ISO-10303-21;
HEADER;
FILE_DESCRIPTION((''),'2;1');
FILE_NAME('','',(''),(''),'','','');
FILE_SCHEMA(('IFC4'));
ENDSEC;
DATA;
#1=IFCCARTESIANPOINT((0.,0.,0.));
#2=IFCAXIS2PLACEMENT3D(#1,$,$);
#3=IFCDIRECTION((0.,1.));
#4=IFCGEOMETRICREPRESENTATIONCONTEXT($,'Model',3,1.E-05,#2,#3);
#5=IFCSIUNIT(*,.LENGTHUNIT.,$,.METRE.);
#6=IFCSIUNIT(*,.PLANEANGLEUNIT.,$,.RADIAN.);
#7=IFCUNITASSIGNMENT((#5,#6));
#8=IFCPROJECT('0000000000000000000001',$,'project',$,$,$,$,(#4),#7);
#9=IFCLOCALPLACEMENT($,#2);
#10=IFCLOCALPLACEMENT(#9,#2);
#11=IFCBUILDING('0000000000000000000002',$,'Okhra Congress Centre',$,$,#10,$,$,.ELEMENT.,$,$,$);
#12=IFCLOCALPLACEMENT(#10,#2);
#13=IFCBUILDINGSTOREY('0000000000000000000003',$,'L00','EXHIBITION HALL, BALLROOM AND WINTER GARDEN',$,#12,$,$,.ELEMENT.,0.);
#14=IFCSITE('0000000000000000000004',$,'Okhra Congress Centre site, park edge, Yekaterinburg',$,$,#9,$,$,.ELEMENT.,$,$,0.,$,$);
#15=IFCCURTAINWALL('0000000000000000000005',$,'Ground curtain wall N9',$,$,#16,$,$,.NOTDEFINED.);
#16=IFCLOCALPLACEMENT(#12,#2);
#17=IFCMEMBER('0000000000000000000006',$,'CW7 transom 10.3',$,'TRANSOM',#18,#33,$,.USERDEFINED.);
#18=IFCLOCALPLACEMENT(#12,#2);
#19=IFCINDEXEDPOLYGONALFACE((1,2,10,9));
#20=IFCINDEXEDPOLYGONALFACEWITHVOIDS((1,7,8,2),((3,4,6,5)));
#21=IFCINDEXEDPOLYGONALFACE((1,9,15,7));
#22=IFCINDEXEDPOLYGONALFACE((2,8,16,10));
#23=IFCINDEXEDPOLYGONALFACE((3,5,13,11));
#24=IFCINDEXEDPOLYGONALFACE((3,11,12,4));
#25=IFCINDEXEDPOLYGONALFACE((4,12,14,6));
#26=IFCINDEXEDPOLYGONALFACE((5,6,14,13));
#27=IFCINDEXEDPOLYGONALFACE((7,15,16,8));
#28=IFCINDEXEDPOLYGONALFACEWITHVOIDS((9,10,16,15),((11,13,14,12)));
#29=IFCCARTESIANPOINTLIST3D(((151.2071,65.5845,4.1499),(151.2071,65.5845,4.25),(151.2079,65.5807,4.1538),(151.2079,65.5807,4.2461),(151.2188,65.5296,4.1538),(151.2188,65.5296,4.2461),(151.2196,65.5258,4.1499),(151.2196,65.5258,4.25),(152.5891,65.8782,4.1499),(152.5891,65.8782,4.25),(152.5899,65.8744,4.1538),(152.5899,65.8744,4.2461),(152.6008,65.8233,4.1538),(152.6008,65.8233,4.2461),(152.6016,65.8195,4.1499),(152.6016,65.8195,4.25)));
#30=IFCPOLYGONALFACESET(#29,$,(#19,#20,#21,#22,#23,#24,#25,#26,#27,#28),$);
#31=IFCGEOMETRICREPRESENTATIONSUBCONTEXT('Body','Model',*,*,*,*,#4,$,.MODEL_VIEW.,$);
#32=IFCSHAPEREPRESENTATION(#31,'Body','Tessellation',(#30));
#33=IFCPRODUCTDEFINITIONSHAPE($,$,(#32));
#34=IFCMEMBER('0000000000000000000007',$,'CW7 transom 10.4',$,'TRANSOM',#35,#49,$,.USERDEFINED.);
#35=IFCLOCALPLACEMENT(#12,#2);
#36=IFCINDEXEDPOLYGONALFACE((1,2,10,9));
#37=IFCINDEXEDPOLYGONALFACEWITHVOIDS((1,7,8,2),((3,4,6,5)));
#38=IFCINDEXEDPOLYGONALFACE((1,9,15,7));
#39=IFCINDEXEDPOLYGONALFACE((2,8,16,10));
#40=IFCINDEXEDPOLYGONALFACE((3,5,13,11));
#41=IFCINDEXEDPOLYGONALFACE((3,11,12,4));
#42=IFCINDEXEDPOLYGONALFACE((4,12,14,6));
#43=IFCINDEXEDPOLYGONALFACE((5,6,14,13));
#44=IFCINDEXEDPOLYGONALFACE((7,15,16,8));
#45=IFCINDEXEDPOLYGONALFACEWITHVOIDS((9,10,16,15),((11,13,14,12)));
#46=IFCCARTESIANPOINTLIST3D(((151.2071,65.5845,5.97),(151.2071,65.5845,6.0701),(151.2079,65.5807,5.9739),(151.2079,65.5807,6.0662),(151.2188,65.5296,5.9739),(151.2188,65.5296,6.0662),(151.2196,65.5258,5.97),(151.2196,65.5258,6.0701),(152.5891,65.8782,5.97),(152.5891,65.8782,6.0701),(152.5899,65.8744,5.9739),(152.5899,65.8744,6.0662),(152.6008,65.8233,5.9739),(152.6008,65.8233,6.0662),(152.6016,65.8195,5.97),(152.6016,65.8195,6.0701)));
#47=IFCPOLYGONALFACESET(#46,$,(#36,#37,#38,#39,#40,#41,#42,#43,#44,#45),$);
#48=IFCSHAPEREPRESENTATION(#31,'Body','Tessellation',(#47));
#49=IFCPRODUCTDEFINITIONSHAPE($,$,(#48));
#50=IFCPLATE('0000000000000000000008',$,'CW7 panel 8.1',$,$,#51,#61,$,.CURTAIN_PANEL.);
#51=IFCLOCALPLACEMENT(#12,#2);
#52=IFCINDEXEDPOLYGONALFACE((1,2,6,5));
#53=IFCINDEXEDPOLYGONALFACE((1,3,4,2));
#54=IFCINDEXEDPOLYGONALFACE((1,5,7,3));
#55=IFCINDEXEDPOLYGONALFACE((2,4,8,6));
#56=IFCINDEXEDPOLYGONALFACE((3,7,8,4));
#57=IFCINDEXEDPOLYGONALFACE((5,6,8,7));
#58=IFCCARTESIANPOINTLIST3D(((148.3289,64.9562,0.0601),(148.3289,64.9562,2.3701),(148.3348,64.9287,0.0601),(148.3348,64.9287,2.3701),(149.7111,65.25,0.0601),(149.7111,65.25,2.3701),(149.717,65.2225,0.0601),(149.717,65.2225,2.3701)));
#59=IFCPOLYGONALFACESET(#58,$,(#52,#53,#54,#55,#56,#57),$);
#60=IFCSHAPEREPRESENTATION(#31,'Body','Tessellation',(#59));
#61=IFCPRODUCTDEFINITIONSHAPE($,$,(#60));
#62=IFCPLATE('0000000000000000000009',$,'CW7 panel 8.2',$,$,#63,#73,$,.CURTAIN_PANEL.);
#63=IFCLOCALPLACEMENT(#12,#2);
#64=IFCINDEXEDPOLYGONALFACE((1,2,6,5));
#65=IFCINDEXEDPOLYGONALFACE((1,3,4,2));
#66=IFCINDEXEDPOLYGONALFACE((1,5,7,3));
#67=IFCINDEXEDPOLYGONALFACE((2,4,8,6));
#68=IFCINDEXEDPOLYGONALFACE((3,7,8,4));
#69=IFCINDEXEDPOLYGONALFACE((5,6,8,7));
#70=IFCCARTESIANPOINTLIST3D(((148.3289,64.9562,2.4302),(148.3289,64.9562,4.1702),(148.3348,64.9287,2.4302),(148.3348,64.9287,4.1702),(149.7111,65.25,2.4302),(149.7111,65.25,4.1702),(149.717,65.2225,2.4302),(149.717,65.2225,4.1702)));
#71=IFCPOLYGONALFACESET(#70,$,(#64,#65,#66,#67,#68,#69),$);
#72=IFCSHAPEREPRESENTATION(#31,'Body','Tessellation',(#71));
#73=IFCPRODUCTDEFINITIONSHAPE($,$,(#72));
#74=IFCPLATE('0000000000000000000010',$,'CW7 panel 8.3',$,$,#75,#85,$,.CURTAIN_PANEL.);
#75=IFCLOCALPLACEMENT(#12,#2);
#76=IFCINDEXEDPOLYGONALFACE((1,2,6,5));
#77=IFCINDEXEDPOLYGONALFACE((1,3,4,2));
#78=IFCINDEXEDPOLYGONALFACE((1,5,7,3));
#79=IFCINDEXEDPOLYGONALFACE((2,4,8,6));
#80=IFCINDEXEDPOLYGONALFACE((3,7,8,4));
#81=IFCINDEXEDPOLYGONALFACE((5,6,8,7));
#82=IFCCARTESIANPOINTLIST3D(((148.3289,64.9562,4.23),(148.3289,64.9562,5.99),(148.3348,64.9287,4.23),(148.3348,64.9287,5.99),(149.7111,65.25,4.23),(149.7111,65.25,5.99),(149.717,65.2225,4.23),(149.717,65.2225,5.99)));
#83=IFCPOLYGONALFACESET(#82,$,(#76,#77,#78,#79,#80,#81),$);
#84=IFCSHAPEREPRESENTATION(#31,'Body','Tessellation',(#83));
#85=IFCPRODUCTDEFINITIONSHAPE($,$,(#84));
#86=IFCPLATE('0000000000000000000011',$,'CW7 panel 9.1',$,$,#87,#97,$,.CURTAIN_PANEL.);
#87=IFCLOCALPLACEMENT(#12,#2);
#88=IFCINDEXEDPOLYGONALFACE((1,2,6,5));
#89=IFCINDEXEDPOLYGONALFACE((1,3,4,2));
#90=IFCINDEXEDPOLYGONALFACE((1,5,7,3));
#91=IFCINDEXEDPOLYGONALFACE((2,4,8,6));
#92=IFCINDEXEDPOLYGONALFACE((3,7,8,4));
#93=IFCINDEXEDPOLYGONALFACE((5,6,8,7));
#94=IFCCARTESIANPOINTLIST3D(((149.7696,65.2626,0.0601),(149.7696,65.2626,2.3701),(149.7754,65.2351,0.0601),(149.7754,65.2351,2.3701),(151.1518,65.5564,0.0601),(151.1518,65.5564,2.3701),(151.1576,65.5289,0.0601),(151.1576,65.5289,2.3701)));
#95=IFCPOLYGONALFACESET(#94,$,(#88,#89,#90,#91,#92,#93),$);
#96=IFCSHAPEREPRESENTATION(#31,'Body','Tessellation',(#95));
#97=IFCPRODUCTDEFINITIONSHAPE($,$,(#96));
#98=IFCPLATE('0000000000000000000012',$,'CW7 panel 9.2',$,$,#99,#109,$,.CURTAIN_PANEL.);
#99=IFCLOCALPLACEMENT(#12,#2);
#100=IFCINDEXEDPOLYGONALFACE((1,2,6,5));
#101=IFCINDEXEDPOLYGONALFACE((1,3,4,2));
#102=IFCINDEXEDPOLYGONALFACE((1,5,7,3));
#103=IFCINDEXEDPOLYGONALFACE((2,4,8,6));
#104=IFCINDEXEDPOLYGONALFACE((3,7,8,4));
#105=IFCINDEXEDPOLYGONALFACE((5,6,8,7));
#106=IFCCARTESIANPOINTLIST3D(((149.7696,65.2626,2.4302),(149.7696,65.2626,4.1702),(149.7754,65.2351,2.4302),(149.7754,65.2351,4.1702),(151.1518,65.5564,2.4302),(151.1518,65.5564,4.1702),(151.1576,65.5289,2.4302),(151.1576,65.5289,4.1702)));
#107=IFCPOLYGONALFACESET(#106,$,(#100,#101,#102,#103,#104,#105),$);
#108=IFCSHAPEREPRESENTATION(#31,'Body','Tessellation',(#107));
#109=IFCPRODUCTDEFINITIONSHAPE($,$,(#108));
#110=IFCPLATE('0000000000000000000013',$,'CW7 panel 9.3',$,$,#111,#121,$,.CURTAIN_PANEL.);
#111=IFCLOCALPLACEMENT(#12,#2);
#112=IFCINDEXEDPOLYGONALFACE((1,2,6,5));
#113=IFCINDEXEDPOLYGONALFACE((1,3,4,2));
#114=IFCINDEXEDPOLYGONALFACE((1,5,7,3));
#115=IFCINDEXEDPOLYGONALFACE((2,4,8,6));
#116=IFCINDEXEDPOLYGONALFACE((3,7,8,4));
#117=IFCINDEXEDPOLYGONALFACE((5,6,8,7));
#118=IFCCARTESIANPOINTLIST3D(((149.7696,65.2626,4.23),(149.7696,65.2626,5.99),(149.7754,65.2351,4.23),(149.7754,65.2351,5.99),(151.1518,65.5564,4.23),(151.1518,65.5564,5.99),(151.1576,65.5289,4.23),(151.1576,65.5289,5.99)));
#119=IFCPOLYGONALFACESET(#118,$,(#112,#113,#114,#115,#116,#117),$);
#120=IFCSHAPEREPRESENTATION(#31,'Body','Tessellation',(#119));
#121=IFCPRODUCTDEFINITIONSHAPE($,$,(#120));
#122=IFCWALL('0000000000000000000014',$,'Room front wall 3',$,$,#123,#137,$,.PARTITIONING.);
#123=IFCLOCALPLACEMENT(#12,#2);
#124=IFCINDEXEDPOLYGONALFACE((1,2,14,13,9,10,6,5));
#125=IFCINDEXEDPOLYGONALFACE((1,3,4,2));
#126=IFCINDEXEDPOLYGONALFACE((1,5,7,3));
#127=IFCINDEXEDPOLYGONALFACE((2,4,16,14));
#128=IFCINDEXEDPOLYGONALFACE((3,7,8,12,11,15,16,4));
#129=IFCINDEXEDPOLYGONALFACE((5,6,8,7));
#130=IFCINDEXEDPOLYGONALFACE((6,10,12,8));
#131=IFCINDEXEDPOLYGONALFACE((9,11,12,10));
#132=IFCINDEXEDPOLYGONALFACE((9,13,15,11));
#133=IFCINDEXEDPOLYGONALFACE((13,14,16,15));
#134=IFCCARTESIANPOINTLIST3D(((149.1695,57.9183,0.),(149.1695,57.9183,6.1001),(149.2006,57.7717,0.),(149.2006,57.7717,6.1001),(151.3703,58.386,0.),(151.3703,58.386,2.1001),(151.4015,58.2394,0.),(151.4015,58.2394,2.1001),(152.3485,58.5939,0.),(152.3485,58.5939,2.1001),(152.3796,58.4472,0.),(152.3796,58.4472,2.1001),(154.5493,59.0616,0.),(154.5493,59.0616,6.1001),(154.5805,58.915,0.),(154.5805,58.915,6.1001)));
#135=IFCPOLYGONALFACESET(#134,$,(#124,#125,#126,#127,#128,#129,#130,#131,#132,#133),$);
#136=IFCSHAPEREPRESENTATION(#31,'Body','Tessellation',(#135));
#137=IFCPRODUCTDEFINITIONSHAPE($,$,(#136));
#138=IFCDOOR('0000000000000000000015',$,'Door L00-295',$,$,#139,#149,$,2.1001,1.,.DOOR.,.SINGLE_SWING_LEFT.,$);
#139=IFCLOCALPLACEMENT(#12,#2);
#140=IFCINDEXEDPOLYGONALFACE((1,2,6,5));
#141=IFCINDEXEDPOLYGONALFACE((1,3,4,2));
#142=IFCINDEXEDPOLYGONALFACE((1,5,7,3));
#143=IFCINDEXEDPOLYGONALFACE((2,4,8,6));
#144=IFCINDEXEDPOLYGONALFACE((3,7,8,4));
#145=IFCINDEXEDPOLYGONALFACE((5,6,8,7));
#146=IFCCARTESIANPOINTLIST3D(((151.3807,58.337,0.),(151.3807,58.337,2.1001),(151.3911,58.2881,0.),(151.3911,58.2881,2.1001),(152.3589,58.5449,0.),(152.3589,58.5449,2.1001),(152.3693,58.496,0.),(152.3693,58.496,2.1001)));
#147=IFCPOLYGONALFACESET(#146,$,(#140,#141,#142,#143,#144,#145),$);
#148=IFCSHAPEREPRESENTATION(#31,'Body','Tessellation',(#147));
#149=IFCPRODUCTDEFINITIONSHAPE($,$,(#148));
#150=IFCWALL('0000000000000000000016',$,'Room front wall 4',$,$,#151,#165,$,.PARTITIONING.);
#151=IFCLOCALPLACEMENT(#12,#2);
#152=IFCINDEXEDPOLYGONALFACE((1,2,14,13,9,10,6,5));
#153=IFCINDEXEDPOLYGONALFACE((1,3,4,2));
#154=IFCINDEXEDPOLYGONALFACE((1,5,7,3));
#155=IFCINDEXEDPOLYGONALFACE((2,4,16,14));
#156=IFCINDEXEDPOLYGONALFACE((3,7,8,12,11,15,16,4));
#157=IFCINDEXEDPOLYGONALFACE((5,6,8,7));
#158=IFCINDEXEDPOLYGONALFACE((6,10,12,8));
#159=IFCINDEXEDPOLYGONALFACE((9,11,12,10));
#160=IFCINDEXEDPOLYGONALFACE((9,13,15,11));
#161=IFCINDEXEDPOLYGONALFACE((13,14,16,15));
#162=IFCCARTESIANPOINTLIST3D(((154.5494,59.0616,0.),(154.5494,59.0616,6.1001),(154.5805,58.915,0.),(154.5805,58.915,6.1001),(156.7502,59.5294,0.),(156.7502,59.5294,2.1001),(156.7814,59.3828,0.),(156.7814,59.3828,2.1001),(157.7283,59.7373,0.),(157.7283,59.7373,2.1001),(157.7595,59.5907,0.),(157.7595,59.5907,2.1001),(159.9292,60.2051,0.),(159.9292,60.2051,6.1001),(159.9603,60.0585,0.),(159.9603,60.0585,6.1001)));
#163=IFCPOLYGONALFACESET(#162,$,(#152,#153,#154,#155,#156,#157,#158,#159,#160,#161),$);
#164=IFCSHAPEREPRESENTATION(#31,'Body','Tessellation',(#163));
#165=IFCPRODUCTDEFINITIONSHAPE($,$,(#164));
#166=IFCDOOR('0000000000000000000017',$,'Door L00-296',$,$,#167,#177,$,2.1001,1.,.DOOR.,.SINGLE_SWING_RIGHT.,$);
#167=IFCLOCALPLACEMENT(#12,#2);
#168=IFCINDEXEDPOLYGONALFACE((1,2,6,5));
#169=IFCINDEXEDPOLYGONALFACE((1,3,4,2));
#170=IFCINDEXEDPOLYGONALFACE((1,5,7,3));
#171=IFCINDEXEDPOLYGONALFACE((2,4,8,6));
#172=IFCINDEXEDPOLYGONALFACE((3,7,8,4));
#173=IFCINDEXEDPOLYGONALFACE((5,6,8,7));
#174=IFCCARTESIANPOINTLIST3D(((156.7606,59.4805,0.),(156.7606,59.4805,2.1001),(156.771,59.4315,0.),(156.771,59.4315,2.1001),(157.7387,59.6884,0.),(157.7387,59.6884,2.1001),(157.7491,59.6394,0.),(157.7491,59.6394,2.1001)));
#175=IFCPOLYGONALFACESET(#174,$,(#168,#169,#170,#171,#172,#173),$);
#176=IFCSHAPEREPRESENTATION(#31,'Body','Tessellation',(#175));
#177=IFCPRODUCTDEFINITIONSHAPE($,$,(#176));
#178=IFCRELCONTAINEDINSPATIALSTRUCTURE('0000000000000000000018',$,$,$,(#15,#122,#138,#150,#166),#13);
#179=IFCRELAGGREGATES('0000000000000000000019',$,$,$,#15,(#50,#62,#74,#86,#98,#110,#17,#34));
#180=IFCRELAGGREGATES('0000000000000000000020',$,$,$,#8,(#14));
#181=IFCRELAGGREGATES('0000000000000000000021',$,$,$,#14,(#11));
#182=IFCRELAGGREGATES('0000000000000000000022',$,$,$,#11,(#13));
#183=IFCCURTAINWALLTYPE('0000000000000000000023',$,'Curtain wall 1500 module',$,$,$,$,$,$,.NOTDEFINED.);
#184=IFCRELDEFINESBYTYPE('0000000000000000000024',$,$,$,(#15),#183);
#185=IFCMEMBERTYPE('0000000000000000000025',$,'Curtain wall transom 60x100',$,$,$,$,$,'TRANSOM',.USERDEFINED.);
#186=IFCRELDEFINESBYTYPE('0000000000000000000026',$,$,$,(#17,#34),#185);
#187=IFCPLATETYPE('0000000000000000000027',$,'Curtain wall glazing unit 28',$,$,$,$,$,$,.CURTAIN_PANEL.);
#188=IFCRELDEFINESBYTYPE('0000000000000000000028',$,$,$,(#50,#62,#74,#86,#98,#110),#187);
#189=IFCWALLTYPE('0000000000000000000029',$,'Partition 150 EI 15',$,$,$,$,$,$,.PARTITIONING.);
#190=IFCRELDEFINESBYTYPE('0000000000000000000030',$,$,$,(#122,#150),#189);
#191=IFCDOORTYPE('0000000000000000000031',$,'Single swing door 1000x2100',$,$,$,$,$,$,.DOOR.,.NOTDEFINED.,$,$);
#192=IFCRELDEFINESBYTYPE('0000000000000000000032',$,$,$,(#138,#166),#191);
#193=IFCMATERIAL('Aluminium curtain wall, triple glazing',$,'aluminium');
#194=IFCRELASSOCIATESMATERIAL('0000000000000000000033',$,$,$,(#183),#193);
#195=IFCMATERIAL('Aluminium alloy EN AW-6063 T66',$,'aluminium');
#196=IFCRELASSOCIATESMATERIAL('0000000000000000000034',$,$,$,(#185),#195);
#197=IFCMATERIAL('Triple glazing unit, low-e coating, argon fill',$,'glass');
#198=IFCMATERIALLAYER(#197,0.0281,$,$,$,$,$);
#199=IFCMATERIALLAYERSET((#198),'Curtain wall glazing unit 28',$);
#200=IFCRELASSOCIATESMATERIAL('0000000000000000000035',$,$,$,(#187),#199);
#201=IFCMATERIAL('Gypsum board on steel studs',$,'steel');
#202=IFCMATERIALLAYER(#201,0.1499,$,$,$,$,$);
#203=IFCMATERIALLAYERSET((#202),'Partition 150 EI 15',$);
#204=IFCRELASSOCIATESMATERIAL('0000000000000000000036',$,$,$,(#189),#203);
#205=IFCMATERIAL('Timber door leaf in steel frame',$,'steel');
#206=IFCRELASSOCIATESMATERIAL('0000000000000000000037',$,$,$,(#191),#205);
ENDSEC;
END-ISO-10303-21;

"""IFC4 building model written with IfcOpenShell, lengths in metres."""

from ifc_helpers import new_model, si_unit, direction, frame, frame_2d, origin, origin_2d, place, context, subcontext, project, spatial, rectangle, hollow_rectangle, extrude, material, layer, layer_set, material_profile, profile_set, type_object, element, fill, aggregate, save


model = new_model("IFC4")

# Units and contexts
model_context = context("Model", 3, precision=1e-05, world=origin(), true_north=direction((0.0, 1.0)))
body_context = subcontext(model_context, "Body", "Model", "MODEL_VIEW")
ifc_project = project(units=[si_unit("LENGTHUNIT", "METRE"), si_unit("PLANEANGLEUNIT", "RADIAN")], contexts=[model_context])

# Site, building, storey
site_placement = place(None, origin())
site = spatial("IfcSite", under=ifc_project, at=site_placement, Name="Okhra Congress Centre site, park edge, Yekaterinburg", CompositionType="ELEMENT", RefElevation=0.0)
building_placement = place(site_placement, origin())
building = spatial("IfcBuilding", under=site, at=building_placement, Name="Okhra Congress Centre", CompositionType="ELEMENT")
storey_placement = place(building_placement, origin())
storey = spatial("IfcBuildingStorey", under=building, at=storey_placement, Name="L00", Description="EXHIBITION HALL, BALLROOM AND WINTER GARDEN", CompositionType="ELEMENT", Elevation=0.0)

# Curtain wall, members, plates
ifc_material_1 = material(Name="Aluminium curtain wall, triple glazing", Category="aluminium")
curtain_wall_type = type_object("IfcCurtainWallType", Name="Curtain wall 1500 module", PredefinedType="NOTDEFINED", material=ifc_material_1)
curtain_wall_placement = place(storey_placement, origin())
curtain_wall = element("IfcCurtainWall", 1, at=curtain_wall_placement, inside=storey, type_object=curtain_wall_type, Name="Ground curtain wall N9", PredefinedType="NOTDEFINED")
ifc_material_2 = material(Name="Aluminium alloy EN AW-6063 T66", Category="aluminium")
ifc_material_profile_1 = material_profile(ifc_material_2, hollow_rectangle(XDim=0.0601, YDim=0.1001, WallThickness=0.0039, at=origin_2d()), Name="RHS 60x100x4")
ifc_profile_set_1 = profile_set([ifc_material_profile_1], Name="Aluminium alloy EN AW-6063 T66")
member_type_1 = type_object("IfcMemberType", Name="Curtain wall transom 60x100", ElementType="TRANSOM", PredefinedType="USERDEFINED", material=ifc_profile_set_1)
member_1_placement = place(storey_placement, frame((151.2134, 65.5552, 4.2), z_axis=(0.978158, 0.207865, 0.0), x_axis=(-0.207865, 0.978158, 0.0)))
member_1 = element("IfcMember", 2, at=member_1_placement, type_object=member_type_1, Name="CW7 transom 10.3", ObjectType="TRANSOM", PredefinedType="USERDEFINED", context=body_context, shape_type="SweptSolid", body=[
    extrude(hollow_rectangle(XDim=0.0601, YDim=0.1001, WallThickness=0.0039, at=origin_2d()), origin(), (0.0, 0.0, 1.0), 1.4128),
])
member_2_placement = place(storey_placement, frame((151.2134, 65.5552, 6.02), z_axis=(0.978158, 0.207865, 0.0), x_axis=(-0.207865, 0.978158, 0.0)))
member_2 = element("IfcMember", 3, at=member_2_placement, type_object=member_type_1, Name="CW7 transom 10.4", ObjectType="TRANSOM", PredefinedType="USERDEFINED", context=body_context, shape_type="SweptSolid", body=[
    extrude(hollow_rectangle(XDim=0.0601, YDim=0.1001, WallThickness=0.0039, at=origin_2d()), origin(), (0.0, 0.0, 1.0), 1.4128),
])
ifc_material_3 = material(Name="Triple glazing unit, low-e coating, argon fill", Category="glass")
ifc_layer_1 = layer(ifc_material_3, 0.0281)
ifc_layer_set_1 = layer_set([ifc_layer_1], Name="Curtain wall glazing unit 28")
plate_type = type_object("IfcPlateType", Name="Curtain wall glazing unit 28", PredefinedType="CURTAIN_PANEL", material=ifc_layer_set_1)
plate_1_placement = place(storey_placement, frame((149.0229, 65.0894, 0.0601), z_axis=(0.0, 0.0, 1.0), x_axis=(0.978148, 0.207912, 0.0)))
plate_1 = element("IfcPlate", 4, at=plate_1_placement, type_object=plate_type, Name="CW7 panel 8.1", PredefinedType="CURTAIN_PANEL", context=body_context, shape_type="SweptSolid", body=[
    extrude(rectangle(XDim=1.4131, YDim=0.0281, at=origin_2d()), origin(), (0.0, 0.0, 1.0), 2.3101),
])
plate_2_placement = place(storey_placement, frame((149.0229, 65.0894, 2.4302), z_axis=(0.0, 0.0, 1.0), x_axis=(0.978148, 0.207912, 0.0)))
plate_2 = element("IfcPlate", 5, at=plate_2_placement, type_object=plate_type, Name="CW7 panel 8.2", PredefinedType="CURTAIN_PANEL", context=body_context, shape_type="SweptSolid", body=[
    extrude(rectangle(XDim=1.4131, YDim=0.0281, at=origin_2d()), origin(), (0.0, 0.0, 1.0), 1.74),
])
plate_3_placement = place(storey_placement, frame((149.0229, 65.0894, 4.23), z_axis=(0.0, 0.0, 1.0), x_axis=(0.978148, 0.207912, 0.0)))
plate_3 = element("IfcPlate", 6, at=plate_3_placement, type_object=plate_type, Name="CW7 panel 8.3", PredefinedType="CURTAIN_PANEL", context=body_context, shape_type="SweptSolid", body=[
    extrude(rectangle(XDim=1.4131, YDim=0.0281, at=origin_2d()), origin(), (0.0, 0.0, 1.0), 1.76),
])
plate_4_placement = place(storey_placement, frame((150.4636, 65.3958, 0.0601), z_axis=(0.0, 0.0, 1.0), x_axis=(0.978148, 0.207912, 0.0)))
plate_4 = element("IfcPlate", 7, at=plate_4_placement, type_object=plate_type, Name="CW7 panel 9.1", PredefinedType="CURTAIN_PANEL", context=body_context, shape_type="SweptSolid", body=[
    extrude(rectangle(XDim=1.4131, YDim=0.0281, at=origin_2d()), origin(), (0.0, 0.0, 1.0), 2.3101),
])
plate_5_placement = place(storey_placement, frame((150.4636, 65.3958, 2.4302), z_axis=(0.0, 0.0, 1.0), x_axis=(0.978148, 0.207912, 0.0)))
plate_5 = element("IfcPlate", 8, at=plate_5_placement, type_object=plate_type, Name="CW7 panel 9.2", PredefinedType="CURTAIN_PANEL", context=body_context, shape_type="SweptSolid", body=[
    extrude(rectangle(XDim=1.4131, YDim=0.0281, at=origin_2d()), origin(), (0.0, 0.0, 1.0), 1.74),
])
plate_6_placement = place(storey_placement, frame((150.4636, 65.3958, 4.23), z_axis=(0.0, 0.0, 1.0), x_axis=(0.978148, 0.207912, 0.0)))
plate_6 = element("IfcPlate", 9, at=plate_6_placement, type_object=plate_type, Name="CW7 panel 9.3", PredefinedType="CURTAIN_PANEL", context=body_context, shape_type="SweptSolid", body=[
    extrude(rectangle(XDim=1.4131, YDim=0.0281, at=origin_2d()), origin(), (0.0, 0.0, 1.0), 1.76),
])
aggregate(curtain_wall, [plate_1, plate_2, plate_3, plate_4, plate_5, plate_6, member_1, member_2])

# Walls, openings, doors
ifc_material_4 = material(Name="Gypsum board on steel studs", Category="steel")
ifc_layer_2 = layer(ifc_material_4, 0.1499)
ifc_layer_set_2 = layer_set([ifc_layer_2], Name="Partition 150 EI 15")
wall_type = type_object("IfcWallType", Name="Partition 150 EI 15", PredefinedType="PARTITIONING", material=ifc_layer_set_2)
wall_1_placement = place(storey_placement, frame((149.1851, 57.845, 0.0), z_axis=(0.0, 0.0, 1.0), x_axis=(0.978156, 0.207874, 0.0)))
wall_1 = element("IfcWall", 10, at=wall_1_placement, inside=storey, type_object=wall_type, Name="Room front wall 3", PredefinedType="PARTITIONING", context=body_context, shape_type="SweptSolid", body=[
    extrude(rectangle(XDim=5.5, YDim=0.1499, at=frame_2d((2.75, 0.0))), origin(), (0.0, 0.0, 1.0), 6.1001),
])
opening_1_placement = place(wall_1_placement, frame((2.25, 0.0, 0.0)))
opening_1 = element("IfcOpeningElement", 11, at=opening_1_placement, cuts=wall_1, PredefinedType="OPENING", context=body_context, shape_type="SweptSolid", body=[
    extrude(rectangle(XDim=1.0, YDim=2.1001, at=frame_2d((0.5, 1.05))), frame((0.0, 0.085, 0.0), z_axis=(0.0, -1.0, 0.0), x_axis=(1.0, 0.0, 0.0)), (0.0, 0.0, 1.0), 0.1699),
])
ifc_material_5 = material(Name="Timber door leaf in steel frame", Category="steel")
door_type_1 = type_object("IfcDoorType", Name="Single swing door 1000x2100", OperationType="NOTDEFINED", PredefinedType="DOOR", material=ifc_material_5)
door_1_placement = place(opening_1_placement, origin())
door_1 = element("IfcDoor", 12, at=door_1_placement, inside=storey, type_object=door_type_1, Name="Door L00-295", OperationType="SINGLE_SWING_LEFT", OverallHeight=2.1001, OverallWidth=1.0, PredefinedType="DOOR", context=body_context, shape_type="SweptSolid", body=[
    extrude(rectangle(XDim=1.0, YDim=2.1001, at=frame_2d((0.5, 1.05))), frame((0.0, 0.0249, 0.0), z_axis=(0.0, -1.0, 0.0), x_axis=(1.0, 0.0, 0.0)), (0.0, 0.0, 1.0), 0.05),
])
fill(opening_1, door_1)
wall_2_placement = place(storey_placement, frame((154.5649, 58.9883, 0.0), z_axis=(0.0, 0.0, 1.0), x_axis=(0.978147, 0.207916, 0.0)))
wall_2 = element("IfcWall", 13, at=wall_2_placement, inside=storey, type_object=wall_type, Name="Room front wall 4", PredefinedType="PARTITIONING", context=body_context, shape_type="SweptSolid", body=[
    extrude(rectangle(XDim=5.5, YDim=0.1499, at=frame_2d((2.75, 0.0))), origin(), (0.0, 0.0, 1.0), 6.1001),
])
opening_2_placement = place(wall_2_placement, frame((2.25, 0.0, 0.0)))
opening_2 = element("IfcOpeningElement", 14, at=opening_2_placement, cuts=wall_2, PredefinedType="OPENING", context=body_context, shape_type="SweptSolid", body=[
    extrude(rectangle(XDim=1.0, YDim=2.1001, at=frame_2d((0.5, 1.05))), frame((0.0, 0.085, 0.0), z_axis=(0.0, -1.0, 0.0), x_axis=(1.0, 0.0, 0.0)), (0.0, 0.0, 1.0), 0.1699),
])
door_2_placement = place(opening_2_placement, origin())
door_2 = element("IfcDoor", 15, at=door_2_placement, inside=storey, type_object=door_type_1, Name="Door L00-296", OperationType="SINGLE_SWING_RIGHT", OverallHeight=2.1001, OverallWidth=1.0, PredefinedType="DOOR", context=body_context, shape_type="SweptSolid", body=[
    extrude(rectangle(XDim=1.0, YDim=2.1001, at=frame_2d((0.5, 1.05))), frame((0.0, 0.0249, 0.0), z_axis=(0.0, -1.0, 0.0), x_axis=(1.0, 0.0, 0.0)), (0.0, 0.0, 1.0), 0.05),
])
fill(opening_2, door_2)

save(model, "model.ifc")
